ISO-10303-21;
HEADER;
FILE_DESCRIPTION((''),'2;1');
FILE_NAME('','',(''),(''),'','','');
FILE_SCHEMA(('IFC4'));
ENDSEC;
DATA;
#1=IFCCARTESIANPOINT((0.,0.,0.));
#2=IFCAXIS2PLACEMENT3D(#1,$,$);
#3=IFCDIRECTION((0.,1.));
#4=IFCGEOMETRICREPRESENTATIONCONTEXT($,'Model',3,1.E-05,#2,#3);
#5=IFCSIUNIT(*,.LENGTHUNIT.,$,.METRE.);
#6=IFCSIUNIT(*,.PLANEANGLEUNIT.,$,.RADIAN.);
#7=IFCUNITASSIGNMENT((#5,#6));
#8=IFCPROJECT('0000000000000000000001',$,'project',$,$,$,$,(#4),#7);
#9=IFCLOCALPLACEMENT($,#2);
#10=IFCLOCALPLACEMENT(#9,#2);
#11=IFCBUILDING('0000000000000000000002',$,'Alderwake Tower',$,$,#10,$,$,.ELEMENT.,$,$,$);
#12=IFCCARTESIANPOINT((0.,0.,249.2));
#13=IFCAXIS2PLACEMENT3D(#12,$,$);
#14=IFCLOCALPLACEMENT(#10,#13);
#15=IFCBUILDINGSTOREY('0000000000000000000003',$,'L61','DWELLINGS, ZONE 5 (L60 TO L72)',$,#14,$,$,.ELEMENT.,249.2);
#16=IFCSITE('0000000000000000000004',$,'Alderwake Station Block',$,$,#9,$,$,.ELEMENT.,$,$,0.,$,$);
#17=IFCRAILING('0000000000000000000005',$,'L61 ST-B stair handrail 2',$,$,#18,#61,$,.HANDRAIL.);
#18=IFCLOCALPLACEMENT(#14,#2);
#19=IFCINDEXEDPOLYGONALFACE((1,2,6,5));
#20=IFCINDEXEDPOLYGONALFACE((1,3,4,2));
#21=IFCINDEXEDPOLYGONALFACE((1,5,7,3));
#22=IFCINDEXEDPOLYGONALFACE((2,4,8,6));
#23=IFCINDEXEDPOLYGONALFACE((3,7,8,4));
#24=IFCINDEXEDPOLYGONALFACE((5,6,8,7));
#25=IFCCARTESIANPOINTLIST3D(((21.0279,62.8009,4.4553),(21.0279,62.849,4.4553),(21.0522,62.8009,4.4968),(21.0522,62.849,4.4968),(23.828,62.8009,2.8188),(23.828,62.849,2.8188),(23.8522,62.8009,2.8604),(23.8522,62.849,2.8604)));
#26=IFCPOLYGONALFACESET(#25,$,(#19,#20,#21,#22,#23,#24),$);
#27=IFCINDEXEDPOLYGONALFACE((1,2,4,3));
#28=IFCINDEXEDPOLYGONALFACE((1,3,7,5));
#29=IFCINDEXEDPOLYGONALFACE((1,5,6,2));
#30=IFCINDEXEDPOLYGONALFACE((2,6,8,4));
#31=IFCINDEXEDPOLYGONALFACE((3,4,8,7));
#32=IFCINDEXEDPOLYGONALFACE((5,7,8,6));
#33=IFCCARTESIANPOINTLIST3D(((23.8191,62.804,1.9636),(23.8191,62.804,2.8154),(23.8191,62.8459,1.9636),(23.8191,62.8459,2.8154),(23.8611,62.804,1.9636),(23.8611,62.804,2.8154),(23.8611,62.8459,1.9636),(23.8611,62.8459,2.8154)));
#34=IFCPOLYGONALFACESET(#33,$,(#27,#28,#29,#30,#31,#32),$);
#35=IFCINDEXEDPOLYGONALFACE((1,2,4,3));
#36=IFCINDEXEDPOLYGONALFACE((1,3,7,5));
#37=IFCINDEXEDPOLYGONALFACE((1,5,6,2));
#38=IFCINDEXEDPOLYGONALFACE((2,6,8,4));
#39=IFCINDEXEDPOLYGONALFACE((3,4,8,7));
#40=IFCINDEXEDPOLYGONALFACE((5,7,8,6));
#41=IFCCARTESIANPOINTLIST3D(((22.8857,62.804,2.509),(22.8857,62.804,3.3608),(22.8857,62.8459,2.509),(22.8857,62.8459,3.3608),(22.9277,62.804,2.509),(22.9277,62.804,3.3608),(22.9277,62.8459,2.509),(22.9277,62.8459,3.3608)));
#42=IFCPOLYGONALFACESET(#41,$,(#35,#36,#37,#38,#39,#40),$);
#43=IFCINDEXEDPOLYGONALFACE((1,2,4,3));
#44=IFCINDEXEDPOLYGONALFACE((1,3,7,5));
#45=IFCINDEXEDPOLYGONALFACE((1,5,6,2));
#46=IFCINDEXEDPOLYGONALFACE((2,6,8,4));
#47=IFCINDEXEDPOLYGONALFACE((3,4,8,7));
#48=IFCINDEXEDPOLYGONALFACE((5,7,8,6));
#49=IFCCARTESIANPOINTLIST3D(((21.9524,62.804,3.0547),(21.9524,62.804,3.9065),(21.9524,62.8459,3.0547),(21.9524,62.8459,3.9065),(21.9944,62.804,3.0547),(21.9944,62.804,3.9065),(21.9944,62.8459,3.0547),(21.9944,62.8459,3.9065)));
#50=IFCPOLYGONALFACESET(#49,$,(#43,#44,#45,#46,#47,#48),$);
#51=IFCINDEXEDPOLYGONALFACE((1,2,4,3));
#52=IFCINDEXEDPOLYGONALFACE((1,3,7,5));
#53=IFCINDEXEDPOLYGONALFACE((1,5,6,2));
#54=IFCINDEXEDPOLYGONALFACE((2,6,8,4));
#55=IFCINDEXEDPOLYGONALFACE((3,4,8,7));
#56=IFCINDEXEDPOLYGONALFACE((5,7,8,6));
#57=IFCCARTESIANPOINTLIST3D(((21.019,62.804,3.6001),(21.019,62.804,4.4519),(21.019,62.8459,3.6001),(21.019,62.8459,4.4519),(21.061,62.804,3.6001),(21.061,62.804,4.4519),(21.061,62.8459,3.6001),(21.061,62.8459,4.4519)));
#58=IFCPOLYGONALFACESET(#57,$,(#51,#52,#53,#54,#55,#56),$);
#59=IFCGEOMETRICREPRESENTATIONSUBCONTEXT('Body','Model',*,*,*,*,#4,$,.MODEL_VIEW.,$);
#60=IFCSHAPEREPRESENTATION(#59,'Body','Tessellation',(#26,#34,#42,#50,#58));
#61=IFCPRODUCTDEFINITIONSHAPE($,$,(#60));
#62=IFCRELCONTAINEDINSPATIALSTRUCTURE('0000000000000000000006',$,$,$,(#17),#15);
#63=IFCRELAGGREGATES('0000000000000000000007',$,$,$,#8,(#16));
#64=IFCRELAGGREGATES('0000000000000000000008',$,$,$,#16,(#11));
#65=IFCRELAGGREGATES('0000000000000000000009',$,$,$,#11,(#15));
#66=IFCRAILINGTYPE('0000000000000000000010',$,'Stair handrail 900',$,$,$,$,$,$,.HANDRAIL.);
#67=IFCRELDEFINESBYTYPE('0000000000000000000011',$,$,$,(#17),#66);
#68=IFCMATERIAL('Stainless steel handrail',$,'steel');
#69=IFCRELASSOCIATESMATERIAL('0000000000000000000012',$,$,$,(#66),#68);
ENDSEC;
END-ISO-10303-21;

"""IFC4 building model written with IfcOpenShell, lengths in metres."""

from ifc_helpers import new_model, si_unit, direction, frame, origin, origin_2d, place, context, subcontext, project, spatial, rectangle, extrude, material, type_object, element, save


model = new_model("IFC4")

# Units and contexts
model_context = context("Model", 3, precision=1e-05, world=origin(), true_north=direction((0.0, 1.0)))
body_context = subcontext(model_context, "Body", "Model", "MODEL_VIEW")
ifc_project = project(units=[si_unit("LENGTHUNIT", "METRE"), si_unit("PLANEANGLEUNIT", "RADIAN")], contexts=[model_context])

# Site, building, storey
site_placement = place(None, origin())
site = spatial("IfcSite", under=ifc_project, at=site_placement, Name="Alderwake Station Block", CompositionType="ELEMENT", RefElevation=0.0)
building_placement = place(site_placement, origin())
building = spatial("IfcBuilding", under=site, at=building_placement, Name="Alderwake Tower", CompositionType="ELEMENT")
storey_placement = place(building_placement, frame((0.0, 0.0, 249.2)))
storey = spatial("IfcBuildingStorey", under=building, at=storey_placement, Name="L61", Description="DWELLINGS, ZONE 5 (L60 TO L72)", CompositionType="ELEMENT", Elevation=249.2)

# Railing
ifc_material_1 = material(Name="Stainless steel handrail", Category="steel")
railing_type = type_object("IfcRailingType", Name="Stair handrail 900", PredefinedType="HANDRAIL", material=ifc_material_1)
railing_placement = place(storey_placement, frame((23.8401, 62.825, 1.9636)))
element("IfcRailing", 1, at=railing_placement, inside=storey, type_object=railing_type, Name="L61 ST-B stair handrail 2", PredefinedType="HANDRAIL", context=body_context, shape_type="SweptSolid", body=[
    extrude(rectangle(XDim=0.0481, YDim=0.0481, at=origin_2d()), frame((0.0, 0.0, 0.876), z_axis=(-0.863361, 0.0, 0.504587), x_axis=(0.0, -1.0, 0.0)), (0.0, 0.0, 1.0), 3.2432),
    extrude(rectangle(XDim=0.042, YDim=0.042, at=origin_2d()), frame((0.0, 0.0, 0.0), z_axis=(0.0, 0.0, 1.0), x_axis=(-1.0, 0.0, 0.0)), (0.0, 0.0, 1.0), 0.8518),
    extrude(rectangle(XDim=0.042, YDim=0.042, at=origin_2d()), frame((-0.9333, 0.0, 0.5454), z_axis=(0.0, 0.0, 1.0), x_axis=(-1.0, 0.0, 0.0)), (0.0, 0.0, 1.0), 0.8518),
    extrude(rectangle(XDim=0.042, YDim=0.042, at=origin_2d()), frame((-1.8667, 0.0, 1.0911), z_axis=(0.0, 0.0, 1.0), x_axis=(-1.0, 0.0, 0.0)), (0.0, 0.0, 1.0), 0.8518),
    extrude(rectangle(XDim=0.042, YDim=0.042, at=origin_2d()), frame((-2.8, 0.0, 1.6365), z_axis=(0.0, 0.0, 1.0), x_axis=(-1.0, 0.0, 0.0)), (0.0, 0.0, 1.0), 0.8518),
])

save(model, "model.ifc")
